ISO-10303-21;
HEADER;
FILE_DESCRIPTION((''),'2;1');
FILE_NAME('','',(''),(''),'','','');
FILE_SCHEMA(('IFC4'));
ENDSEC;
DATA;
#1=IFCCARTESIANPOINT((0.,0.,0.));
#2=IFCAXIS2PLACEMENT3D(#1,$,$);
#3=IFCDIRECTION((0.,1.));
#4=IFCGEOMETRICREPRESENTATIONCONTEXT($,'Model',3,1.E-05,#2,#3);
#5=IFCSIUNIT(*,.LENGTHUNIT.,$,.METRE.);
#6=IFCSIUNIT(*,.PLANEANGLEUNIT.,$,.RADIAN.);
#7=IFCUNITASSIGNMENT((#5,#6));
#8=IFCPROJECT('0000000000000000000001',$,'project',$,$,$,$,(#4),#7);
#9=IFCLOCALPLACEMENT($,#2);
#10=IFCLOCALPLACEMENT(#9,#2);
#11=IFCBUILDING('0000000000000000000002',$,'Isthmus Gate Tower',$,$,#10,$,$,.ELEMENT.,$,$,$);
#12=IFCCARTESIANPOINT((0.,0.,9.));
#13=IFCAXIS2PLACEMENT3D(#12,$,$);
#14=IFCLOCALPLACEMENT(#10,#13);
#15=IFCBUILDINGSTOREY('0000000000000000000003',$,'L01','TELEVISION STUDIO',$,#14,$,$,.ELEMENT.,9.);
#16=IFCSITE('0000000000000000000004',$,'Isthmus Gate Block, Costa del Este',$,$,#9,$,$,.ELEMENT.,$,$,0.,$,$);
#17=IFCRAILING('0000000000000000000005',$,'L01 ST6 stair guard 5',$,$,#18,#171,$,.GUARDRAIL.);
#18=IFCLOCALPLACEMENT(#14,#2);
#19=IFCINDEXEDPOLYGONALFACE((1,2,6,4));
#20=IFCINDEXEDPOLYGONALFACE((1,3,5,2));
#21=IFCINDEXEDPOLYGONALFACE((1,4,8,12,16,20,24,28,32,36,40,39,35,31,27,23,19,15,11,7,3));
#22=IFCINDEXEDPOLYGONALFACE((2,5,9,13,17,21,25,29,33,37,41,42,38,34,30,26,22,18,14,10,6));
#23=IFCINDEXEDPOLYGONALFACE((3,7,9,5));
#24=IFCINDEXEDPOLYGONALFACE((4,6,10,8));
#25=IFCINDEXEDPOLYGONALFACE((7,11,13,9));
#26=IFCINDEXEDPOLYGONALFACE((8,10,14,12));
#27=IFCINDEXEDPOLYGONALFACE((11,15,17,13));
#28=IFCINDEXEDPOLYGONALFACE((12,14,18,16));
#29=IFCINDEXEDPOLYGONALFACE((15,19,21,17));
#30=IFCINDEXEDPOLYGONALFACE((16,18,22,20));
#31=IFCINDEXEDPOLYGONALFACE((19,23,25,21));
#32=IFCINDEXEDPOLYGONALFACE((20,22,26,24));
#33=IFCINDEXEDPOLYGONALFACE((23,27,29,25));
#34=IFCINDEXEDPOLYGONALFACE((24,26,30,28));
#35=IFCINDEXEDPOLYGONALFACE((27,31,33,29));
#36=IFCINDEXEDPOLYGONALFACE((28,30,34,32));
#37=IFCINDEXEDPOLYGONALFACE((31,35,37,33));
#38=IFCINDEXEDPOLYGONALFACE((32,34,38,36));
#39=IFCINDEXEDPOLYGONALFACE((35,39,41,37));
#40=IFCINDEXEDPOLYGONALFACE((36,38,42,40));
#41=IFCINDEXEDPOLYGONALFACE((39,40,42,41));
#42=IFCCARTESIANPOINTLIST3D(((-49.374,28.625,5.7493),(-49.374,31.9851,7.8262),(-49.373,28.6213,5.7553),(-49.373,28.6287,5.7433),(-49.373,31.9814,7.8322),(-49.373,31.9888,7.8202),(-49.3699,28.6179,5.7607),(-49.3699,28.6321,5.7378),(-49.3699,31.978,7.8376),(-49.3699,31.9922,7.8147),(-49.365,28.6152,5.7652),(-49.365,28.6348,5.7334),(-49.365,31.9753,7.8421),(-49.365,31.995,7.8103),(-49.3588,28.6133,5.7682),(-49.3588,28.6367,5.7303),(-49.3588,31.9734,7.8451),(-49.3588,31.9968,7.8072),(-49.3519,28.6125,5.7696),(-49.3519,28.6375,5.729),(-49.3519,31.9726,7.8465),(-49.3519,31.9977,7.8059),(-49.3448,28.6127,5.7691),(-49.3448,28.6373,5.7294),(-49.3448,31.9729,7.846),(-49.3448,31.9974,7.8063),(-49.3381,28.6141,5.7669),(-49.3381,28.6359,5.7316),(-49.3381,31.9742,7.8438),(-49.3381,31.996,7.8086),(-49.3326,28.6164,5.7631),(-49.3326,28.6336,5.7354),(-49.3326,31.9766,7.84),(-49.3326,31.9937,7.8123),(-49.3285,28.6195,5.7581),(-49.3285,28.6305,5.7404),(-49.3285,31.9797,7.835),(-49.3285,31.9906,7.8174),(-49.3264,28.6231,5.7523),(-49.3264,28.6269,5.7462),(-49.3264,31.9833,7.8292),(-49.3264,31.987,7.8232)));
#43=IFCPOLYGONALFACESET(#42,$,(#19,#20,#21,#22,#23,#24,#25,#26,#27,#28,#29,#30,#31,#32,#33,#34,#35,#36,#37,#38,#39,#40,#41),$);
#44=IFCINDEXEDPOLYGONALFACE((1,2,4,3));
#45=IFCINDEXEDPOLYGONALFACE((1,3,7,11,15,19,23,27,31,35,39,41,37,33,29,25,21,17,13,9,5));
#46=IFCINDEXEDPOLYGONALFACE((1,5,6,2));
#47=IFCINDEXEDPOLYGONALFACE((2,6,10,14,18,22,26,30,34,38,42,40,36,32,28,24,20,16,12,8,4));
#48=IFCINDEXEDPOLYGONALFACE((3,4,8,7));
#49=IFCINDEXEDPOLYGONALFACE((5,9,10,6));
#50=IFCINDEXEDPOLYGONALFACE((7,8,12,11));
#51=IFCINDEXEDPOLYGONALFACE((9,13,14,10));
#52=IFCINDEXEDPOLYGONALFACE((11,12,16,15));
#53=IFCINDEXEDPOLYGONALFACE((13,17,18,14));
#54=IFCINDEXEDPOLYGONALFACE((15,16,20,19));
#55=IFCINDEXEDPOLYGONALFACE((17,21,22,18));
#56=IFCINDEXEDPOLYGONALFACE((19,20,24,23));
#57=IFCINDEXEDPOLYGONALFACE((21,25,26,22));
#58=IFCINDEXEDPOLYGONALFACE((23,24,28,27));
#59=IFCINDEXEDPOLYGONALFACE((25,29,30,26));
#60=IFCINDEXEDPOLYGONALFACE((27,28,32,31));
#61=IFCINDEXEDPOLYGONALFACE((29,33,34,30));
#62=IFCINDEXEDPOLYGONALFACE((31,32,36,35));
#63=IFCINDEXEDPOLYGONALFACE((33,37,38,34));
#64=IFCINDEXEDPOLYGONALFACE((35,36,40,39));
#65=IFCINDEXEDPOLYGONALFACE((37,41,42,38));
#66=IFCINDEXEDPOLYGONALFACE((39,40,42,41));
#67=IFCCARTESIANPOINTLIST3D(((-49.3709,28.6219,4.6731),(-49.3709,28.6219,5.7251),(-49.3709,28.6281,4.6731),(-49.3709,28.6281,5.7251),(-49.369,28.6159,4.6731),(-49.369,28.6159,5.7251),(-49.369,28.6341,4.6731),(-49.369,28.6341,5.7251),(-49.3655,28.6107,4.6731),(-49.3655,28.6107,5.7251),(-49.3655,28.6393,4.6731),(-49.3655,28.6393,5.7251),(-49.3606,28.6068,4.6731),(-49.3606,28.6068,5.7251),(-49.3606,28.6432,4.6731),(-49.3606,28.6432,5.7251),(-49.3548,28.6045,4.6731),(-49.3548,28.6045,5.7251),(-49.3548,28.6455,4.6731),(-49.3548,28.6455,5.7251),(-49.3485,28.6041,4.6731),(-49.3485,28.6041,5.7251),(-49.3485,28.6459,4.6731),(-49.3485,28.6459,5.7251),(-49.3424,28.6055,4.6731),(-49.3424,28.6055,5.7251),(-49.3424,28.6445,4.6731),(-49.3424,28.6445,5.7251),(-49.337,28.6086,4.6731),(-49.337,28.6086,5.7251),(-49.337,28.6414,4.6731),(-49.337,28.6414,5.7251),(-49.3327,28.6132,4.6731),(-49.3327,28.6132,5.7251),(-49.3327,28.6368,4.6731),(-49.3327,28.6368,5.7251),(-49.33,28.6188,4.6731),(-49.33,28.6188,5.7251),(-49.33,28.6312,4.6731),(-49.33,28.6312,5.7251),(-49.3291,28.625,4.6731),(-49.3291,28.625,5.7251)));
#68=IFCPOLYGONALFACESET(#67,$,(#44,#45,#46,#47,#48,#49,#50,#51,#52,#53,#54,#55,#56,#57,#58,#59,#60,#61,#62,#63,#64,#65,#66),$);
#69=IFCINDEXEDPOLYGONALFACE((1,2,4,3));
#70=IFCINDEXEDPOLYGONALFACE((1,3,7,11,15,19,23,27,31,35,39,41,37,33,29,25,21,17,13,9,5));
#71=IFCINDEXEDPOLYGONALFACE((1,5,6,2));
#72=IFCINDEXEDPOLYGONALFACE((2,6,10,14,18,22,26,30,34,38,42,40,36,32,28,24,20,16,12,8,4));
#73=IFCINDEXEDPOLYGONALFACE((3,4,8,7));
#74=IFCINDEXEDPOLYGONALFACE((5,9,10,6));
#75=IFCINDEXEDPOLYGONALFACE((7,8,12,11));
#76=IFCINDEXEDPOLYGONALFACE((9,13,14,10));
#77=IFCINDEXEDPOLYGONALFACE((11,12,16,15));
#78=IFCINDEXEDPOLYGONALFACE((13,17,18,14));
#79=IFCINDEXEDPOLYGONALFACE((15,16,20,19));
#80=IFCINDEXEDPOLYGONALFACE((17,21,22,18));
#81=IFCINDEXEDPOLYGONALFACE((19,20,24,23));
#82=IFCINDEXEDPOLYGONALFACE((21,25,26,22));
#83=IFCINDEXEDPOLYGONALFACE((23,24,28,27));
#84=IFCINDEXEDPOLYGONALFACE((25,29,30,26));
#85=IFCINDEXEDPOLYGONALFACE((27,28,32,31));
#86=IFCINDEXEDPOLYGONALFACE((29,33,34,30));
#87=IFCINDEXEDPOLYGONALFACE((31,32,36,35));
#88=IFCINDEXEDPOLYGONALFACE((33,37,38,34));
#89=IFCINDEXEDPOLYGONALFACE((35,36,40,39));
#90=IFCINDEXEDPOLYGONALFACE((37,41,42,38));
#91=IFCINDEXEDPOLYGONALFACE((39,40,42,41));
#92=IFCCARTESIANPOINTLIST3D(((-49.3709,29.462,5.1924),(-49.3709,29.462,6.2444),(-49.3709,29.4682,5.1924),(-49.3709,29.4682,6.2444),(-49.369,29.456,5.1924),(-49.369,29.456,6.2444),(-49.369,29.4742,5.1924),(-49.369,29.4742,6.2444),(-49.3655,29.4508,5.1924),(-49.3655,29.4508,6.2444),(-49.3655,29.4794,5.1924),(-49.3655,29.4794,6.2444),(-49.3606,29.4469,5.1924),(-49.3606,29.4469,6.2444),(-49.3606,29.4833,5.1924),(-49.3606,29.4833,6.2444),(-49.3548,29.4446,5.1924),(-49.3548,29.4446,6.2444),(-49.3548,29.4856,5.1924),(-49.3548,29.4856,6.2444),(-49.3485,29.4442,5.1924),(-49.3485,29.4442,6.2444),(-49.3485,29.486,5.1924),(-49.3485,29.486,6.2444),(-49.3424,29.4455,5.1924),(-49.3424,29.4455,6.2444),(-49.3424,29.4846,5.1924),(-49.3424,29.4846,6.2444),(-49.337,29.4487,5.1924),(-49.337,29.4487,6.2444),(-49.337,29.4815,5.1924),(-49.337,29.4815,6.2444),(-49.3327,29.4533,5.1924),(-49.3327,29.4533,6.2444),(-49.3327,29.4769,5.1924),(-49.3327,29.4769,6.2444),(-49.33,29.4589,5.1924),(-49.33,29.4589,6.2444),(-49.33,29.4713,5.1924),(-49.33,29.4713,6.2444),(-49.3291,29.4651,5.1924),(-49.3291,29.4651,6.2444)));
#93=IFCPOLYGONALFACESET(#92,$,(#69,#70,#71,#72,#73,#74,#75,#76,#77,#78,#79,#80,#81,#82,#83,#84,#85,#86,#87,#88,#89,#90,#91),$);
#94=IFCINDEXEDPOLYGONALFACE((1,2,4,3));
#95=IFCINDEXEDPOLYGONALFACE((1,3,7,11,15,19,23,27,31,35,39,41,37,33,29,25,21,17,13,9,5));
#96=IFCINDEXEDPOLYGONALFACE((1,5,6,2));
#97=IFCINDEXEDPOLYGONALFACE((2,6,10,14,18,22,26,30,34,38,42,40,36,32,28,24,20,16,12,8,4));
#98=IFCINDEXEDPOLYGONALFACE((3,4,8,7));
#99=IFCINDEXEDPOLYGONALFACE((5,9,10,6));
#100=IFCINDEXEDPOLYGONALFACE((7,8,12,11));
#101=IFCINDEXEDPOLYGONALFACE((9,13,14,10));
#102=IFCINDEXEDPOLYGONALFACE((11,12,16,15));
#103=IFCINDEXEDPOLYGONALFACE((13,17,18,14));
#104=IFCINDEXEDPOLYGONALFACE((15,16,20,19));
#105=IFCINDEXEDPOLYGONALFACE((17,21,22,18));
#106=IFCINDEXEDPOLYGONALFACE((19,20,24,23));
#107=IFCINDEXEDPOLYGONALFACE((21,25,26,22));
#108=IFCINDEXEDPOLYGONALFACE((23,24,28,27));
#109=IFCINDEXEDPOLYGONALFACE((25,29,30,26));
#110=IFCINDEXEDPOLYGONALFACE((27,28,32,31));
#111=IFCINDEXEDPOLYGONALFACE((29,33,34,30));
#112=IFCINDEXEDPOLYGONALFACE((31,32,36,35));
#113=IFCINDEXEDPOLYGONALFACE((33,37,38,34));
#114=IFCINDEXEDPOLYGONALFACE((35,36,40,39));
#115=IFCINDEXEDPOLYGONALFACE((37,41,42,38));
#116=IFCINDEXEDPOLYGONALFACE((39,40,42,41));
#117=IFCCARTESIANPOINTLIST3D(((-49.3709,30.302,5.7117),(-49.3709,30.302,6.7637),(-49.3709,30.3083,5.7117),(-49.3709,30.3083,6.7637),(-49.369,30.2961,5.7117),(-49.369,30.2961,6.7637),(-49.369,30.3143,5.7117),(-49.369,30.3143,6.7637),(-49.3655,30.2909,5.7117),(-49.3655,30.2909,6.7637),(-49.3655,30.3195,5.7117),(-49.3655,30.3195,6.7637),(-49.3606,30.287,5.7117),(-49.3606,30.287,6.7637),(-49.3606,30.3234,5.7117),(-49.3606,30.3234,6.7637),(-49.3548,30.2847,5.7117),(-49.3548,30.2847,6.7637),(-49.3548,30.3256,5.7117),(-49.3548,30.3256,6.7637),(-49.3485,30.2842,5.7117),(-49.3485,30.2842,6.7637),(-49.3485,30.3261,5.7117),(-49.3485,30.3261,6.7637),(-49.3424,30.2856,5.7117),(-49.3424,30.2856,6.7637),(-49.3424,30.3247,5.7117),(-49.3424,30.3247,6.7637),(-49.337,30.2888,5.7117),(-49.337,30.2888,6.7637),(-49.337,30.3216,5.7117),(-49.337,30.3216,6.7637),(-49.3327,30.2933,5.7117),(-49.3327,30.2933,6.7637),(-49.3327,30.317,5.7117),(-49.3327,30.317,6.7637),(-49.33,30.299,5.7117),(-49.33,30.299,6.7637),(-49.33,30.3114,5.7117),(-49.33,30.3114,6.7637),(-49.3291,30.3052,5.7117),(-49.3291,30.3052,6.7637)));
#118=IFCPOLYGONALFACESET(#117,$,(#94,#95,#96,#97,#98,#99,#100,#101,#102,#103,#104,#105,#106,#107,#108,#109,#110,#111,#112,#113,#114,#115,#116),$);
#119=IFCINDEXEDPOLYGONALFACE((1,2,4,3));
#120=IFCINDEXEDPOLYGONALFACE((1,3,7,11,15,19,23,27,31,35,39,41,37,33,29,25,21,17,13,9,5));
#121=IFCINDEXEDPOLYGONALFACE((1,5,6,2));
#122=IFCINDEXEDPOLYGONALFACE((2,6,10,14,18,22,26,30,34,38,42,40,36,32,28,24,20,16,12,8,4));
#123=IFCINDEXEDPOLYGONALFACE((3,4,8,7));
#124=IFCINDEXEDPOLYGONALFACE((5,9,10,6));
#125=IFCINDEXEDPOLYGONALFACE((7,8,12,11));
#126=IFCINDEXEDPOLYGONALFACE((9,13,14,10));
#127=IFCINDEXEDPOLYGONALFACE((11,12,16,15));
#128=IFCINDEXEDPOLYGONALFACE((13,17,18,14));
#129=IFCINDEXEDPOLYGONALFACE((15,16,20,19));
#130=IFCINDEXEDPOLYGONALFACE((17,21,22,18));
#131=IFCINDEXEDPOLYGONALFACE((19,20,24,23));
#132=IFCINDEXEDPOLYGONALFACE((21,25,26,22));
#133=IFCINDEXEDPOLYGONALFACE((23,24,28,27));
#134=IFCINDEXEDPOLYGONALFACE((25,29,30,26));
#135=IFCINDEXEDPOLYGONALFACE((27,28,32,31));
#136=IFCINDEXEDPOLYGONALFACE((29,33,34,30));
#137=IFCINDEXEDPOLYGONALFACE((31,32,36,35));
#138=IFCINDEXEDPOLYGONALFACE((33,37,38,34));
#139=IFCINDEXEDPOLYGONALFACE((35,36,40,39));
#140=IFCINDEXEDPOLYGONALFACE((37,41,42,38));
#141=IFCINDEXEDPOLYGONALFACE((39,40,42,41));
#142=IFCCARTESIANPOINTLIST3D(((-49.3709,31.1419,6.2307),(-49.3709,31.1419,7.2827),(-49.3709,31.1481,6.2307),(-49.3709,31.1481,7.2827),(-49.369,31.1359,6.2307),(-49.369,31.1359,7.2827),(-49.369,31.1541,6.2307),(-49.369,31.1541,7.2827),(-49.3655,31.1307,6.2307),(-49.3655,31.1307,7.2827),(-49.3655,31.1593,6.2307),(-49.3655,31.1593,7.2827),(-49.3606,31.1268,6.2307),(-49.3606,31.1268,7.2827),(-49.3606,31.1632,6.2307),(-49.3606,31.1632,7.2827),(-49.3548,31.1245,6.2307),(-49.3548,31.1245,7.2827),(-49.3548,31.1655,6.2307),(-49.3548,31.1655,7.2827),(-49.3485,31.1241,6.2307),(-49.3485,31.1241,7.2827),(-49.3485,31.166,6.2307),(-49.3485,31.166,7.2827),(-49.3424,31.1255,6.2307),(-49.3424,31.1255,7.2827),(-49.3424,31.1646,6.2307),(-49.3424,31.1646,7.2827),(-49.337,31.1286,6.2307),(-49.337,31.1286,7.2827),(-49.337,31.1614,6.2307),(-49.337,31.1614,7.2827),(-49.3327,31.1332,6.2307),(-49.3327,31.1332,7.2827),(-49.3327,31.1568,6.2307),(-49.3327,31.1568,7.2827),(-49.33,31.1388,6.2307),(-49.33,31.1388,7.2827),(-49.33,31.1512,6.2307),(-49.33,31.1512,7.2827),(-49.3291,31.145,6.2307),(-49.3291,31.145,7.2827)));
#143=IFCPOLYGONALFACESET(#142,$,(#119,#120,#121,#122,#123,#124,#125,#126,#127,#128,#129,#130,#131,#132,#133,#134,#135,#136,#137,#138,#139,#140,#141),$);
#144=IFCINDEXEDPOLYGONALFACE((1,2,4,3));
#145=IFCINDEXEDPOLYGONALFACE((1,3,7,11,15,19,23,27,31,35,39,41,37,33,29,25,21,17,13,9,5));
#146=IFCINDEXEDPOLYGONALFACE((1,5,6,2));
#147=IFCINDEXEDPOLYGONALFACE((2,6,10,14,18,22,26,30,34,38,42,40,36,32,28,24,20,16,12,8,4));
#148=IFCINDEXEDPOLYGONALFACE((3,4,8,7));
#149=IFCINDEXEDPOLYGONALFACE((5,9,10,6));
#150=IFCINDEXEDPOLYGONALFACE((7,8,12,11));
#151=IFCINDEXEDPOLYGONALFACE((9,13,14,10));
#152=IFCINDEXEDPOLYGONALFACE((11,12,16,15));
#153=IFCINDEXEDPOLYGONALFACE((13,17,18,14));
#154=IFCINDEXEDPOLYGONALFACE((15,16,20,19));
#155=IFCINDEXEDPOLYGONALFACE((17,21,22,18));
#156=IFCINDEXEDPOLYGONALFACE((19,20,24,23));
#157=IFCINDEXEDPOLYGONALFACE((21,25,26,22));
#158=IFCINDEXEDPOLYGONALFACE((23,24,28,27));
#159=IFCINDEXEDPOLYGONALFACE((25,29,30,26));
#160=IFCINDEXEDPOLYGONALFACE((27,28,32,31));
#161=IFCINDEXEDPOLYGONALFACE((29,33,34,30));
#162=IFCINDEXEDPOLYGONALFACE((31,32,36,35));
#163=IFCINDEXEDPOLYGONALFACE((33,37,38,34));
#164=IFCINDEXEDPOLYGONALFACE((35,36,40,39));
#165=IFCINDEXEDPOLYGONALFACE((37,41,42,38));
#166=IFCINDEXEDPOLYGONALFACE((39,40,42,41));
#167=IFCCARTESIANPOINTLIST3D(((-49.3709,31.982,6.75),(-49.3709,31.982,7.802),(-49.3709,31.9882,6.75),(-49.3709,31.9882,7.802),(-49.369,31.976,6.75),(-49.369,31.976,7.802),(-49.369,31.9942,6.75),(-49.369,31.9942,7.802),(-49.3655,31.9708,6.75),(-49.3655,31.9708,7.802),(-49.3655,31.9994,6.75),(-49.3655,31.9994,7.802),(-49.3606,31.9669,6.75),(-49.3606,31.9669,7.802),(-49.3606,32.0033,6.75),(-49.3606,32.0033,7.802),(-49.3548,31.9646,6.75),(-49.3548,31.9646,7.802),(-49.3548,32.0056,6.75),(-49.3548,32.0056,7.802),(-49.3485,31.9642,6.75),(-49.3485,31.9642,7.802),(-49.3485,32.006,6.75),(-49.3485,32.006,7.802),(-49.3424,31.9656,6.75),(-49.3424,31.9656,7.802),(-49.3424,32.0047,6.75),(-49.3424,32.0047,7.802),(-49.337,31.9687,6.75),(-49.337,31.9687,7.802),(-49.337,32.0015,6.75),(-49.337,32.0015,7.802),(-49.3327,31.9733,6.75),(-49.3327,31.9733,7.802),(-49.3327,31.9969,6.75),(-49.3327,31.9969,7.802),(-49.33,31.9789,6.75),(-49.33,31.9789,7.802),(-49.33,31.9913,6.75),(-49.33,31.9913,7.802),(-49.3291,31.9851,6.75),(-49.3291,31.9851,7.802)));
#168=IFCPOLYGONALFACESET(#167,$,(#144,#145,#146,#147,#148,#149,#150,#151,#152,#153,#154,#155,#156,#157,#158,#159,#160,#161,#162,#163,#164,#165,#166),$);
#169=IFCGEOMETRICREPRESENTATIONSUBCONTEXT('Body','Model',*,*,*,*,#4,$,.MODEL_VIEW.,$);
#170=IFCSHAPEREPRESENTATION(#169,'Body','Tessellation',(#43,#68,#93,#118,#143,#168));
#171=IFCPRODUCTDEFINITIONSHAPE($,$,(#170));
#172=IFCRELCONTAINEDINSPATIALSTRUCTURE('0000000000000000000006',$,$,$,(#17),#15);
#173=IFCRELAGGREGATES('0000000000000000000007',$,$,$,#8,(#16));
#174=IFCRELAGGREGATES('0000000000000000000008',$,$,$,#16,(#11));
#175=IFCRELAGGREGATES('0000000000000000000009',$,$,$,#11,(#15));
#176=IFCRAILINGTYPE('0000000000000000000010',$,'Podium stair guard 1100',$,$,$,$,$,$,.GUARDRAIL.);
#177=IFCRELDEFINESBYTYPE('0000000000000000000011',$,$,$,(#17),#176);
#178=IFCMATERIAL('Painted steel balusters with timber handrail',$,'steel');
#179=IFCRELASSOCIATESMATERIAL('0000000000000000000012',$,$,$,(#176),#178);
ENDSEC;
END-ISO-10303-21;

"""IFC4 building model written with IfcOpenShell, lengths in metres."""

from ifc_helpers import new_model, si_unit, direction, frame, origin, origin_2d, place, context, subcontext, project, spatial, circle, extrude, material, type_object, element, save


model = new_model("IFC4")

# Units and contexts
model_context = context("Model", 3, precision=1e-05, world=origin(), true_north=direction((0.0, 1.0)))
body_context = subcontext(model_context, "Body", "Model", "MODEL_VIEW")
ifc_project = project(units=[si_unit("LENGTHUNIT", "METRE"), si_unit("PLANEANGLEUNIT", "RADIAN")], contexts=[model_context])

# Site, building, storey
site_placement = place(None, origin())
site = spatial("IfcSite", under=ifc_project, at=site_placement, Name="Isthmus Gate Block, Costa del Este", CompositionType="ELEMENT", RefElevation=0.0)
building_placement = place(site_placement, origin())
building = spatial("IfcBuilding", under=site, at=building_placement, Name="Isthmus Gate Tower", CompositionType="ELEMENT")
storey_placement = place(building_placement, frame((0.0, 0.0, 9.0)))
storey = spatial("IfcBuildingStorey", under=building, at=storey_placement, Name="L01", Description="TELEVISION STUDIO", CompositionType="ELEMENT", Elevation=9.0)

# Railing
ifc_material_1 = material(Name="Painted steel balusters with timber handrail", Category="steel")
railing_type_1 = type_object("IfcRailingType", Name="Podium stair guard 1100", PredefinedType="GUARDRAIL", material=ifc_material_1)
railing_1_placement = place(storey_placement, frame((-49.3501, 28.625, 4.6731)))
element("IfcRailing", 1, at=railing_1_placement, inside=storey, type_object=railing_type_1, Name="L01 ST6 stair guard 5", PredefinedType="GUARDRAIL", context=body_context, shape_type="SweptSolid", body=[
    extrude(circle(Radius=0.0239, at=origin_2d()), frame((0.0, 0.0, 1.0762), z_axis=(0.0, 0.850623, 0.525776), x_axis=(-1.0, 0.0, 0.0)), (0.0, 0.0, 1.0), 3.9502),
    extrude(circle(Radius=0.021, at=origin_2d()), origin(), (0.0, 0.0, 1.0), 1.052),
    extrude(circle(Radius=0.021, at=origin_2d()), frame((0.0, 0.8401, 0.5193)), (0.0, 0.0, 1.0), 1.052),
    extrude(circle(Radius=0.021, at=origin_2d()), frame((0.0, 1.6802, 1.0386)), (0.0, 0.0, 1.0), 1.052),
    extrude(circle(Radius=0.021, at=origin_2d()), frame((0.0, 2.52, 1.5576)), (0.0, 0.0, 1.0), 1.052),
    extrude(circle(Radius=0.021, at=origin_2d()), frame((0.0, 3.3601, 2.0769)), (0.0, 0.0, 1.0), 1.052),
])

save(model, "model.ifc")
